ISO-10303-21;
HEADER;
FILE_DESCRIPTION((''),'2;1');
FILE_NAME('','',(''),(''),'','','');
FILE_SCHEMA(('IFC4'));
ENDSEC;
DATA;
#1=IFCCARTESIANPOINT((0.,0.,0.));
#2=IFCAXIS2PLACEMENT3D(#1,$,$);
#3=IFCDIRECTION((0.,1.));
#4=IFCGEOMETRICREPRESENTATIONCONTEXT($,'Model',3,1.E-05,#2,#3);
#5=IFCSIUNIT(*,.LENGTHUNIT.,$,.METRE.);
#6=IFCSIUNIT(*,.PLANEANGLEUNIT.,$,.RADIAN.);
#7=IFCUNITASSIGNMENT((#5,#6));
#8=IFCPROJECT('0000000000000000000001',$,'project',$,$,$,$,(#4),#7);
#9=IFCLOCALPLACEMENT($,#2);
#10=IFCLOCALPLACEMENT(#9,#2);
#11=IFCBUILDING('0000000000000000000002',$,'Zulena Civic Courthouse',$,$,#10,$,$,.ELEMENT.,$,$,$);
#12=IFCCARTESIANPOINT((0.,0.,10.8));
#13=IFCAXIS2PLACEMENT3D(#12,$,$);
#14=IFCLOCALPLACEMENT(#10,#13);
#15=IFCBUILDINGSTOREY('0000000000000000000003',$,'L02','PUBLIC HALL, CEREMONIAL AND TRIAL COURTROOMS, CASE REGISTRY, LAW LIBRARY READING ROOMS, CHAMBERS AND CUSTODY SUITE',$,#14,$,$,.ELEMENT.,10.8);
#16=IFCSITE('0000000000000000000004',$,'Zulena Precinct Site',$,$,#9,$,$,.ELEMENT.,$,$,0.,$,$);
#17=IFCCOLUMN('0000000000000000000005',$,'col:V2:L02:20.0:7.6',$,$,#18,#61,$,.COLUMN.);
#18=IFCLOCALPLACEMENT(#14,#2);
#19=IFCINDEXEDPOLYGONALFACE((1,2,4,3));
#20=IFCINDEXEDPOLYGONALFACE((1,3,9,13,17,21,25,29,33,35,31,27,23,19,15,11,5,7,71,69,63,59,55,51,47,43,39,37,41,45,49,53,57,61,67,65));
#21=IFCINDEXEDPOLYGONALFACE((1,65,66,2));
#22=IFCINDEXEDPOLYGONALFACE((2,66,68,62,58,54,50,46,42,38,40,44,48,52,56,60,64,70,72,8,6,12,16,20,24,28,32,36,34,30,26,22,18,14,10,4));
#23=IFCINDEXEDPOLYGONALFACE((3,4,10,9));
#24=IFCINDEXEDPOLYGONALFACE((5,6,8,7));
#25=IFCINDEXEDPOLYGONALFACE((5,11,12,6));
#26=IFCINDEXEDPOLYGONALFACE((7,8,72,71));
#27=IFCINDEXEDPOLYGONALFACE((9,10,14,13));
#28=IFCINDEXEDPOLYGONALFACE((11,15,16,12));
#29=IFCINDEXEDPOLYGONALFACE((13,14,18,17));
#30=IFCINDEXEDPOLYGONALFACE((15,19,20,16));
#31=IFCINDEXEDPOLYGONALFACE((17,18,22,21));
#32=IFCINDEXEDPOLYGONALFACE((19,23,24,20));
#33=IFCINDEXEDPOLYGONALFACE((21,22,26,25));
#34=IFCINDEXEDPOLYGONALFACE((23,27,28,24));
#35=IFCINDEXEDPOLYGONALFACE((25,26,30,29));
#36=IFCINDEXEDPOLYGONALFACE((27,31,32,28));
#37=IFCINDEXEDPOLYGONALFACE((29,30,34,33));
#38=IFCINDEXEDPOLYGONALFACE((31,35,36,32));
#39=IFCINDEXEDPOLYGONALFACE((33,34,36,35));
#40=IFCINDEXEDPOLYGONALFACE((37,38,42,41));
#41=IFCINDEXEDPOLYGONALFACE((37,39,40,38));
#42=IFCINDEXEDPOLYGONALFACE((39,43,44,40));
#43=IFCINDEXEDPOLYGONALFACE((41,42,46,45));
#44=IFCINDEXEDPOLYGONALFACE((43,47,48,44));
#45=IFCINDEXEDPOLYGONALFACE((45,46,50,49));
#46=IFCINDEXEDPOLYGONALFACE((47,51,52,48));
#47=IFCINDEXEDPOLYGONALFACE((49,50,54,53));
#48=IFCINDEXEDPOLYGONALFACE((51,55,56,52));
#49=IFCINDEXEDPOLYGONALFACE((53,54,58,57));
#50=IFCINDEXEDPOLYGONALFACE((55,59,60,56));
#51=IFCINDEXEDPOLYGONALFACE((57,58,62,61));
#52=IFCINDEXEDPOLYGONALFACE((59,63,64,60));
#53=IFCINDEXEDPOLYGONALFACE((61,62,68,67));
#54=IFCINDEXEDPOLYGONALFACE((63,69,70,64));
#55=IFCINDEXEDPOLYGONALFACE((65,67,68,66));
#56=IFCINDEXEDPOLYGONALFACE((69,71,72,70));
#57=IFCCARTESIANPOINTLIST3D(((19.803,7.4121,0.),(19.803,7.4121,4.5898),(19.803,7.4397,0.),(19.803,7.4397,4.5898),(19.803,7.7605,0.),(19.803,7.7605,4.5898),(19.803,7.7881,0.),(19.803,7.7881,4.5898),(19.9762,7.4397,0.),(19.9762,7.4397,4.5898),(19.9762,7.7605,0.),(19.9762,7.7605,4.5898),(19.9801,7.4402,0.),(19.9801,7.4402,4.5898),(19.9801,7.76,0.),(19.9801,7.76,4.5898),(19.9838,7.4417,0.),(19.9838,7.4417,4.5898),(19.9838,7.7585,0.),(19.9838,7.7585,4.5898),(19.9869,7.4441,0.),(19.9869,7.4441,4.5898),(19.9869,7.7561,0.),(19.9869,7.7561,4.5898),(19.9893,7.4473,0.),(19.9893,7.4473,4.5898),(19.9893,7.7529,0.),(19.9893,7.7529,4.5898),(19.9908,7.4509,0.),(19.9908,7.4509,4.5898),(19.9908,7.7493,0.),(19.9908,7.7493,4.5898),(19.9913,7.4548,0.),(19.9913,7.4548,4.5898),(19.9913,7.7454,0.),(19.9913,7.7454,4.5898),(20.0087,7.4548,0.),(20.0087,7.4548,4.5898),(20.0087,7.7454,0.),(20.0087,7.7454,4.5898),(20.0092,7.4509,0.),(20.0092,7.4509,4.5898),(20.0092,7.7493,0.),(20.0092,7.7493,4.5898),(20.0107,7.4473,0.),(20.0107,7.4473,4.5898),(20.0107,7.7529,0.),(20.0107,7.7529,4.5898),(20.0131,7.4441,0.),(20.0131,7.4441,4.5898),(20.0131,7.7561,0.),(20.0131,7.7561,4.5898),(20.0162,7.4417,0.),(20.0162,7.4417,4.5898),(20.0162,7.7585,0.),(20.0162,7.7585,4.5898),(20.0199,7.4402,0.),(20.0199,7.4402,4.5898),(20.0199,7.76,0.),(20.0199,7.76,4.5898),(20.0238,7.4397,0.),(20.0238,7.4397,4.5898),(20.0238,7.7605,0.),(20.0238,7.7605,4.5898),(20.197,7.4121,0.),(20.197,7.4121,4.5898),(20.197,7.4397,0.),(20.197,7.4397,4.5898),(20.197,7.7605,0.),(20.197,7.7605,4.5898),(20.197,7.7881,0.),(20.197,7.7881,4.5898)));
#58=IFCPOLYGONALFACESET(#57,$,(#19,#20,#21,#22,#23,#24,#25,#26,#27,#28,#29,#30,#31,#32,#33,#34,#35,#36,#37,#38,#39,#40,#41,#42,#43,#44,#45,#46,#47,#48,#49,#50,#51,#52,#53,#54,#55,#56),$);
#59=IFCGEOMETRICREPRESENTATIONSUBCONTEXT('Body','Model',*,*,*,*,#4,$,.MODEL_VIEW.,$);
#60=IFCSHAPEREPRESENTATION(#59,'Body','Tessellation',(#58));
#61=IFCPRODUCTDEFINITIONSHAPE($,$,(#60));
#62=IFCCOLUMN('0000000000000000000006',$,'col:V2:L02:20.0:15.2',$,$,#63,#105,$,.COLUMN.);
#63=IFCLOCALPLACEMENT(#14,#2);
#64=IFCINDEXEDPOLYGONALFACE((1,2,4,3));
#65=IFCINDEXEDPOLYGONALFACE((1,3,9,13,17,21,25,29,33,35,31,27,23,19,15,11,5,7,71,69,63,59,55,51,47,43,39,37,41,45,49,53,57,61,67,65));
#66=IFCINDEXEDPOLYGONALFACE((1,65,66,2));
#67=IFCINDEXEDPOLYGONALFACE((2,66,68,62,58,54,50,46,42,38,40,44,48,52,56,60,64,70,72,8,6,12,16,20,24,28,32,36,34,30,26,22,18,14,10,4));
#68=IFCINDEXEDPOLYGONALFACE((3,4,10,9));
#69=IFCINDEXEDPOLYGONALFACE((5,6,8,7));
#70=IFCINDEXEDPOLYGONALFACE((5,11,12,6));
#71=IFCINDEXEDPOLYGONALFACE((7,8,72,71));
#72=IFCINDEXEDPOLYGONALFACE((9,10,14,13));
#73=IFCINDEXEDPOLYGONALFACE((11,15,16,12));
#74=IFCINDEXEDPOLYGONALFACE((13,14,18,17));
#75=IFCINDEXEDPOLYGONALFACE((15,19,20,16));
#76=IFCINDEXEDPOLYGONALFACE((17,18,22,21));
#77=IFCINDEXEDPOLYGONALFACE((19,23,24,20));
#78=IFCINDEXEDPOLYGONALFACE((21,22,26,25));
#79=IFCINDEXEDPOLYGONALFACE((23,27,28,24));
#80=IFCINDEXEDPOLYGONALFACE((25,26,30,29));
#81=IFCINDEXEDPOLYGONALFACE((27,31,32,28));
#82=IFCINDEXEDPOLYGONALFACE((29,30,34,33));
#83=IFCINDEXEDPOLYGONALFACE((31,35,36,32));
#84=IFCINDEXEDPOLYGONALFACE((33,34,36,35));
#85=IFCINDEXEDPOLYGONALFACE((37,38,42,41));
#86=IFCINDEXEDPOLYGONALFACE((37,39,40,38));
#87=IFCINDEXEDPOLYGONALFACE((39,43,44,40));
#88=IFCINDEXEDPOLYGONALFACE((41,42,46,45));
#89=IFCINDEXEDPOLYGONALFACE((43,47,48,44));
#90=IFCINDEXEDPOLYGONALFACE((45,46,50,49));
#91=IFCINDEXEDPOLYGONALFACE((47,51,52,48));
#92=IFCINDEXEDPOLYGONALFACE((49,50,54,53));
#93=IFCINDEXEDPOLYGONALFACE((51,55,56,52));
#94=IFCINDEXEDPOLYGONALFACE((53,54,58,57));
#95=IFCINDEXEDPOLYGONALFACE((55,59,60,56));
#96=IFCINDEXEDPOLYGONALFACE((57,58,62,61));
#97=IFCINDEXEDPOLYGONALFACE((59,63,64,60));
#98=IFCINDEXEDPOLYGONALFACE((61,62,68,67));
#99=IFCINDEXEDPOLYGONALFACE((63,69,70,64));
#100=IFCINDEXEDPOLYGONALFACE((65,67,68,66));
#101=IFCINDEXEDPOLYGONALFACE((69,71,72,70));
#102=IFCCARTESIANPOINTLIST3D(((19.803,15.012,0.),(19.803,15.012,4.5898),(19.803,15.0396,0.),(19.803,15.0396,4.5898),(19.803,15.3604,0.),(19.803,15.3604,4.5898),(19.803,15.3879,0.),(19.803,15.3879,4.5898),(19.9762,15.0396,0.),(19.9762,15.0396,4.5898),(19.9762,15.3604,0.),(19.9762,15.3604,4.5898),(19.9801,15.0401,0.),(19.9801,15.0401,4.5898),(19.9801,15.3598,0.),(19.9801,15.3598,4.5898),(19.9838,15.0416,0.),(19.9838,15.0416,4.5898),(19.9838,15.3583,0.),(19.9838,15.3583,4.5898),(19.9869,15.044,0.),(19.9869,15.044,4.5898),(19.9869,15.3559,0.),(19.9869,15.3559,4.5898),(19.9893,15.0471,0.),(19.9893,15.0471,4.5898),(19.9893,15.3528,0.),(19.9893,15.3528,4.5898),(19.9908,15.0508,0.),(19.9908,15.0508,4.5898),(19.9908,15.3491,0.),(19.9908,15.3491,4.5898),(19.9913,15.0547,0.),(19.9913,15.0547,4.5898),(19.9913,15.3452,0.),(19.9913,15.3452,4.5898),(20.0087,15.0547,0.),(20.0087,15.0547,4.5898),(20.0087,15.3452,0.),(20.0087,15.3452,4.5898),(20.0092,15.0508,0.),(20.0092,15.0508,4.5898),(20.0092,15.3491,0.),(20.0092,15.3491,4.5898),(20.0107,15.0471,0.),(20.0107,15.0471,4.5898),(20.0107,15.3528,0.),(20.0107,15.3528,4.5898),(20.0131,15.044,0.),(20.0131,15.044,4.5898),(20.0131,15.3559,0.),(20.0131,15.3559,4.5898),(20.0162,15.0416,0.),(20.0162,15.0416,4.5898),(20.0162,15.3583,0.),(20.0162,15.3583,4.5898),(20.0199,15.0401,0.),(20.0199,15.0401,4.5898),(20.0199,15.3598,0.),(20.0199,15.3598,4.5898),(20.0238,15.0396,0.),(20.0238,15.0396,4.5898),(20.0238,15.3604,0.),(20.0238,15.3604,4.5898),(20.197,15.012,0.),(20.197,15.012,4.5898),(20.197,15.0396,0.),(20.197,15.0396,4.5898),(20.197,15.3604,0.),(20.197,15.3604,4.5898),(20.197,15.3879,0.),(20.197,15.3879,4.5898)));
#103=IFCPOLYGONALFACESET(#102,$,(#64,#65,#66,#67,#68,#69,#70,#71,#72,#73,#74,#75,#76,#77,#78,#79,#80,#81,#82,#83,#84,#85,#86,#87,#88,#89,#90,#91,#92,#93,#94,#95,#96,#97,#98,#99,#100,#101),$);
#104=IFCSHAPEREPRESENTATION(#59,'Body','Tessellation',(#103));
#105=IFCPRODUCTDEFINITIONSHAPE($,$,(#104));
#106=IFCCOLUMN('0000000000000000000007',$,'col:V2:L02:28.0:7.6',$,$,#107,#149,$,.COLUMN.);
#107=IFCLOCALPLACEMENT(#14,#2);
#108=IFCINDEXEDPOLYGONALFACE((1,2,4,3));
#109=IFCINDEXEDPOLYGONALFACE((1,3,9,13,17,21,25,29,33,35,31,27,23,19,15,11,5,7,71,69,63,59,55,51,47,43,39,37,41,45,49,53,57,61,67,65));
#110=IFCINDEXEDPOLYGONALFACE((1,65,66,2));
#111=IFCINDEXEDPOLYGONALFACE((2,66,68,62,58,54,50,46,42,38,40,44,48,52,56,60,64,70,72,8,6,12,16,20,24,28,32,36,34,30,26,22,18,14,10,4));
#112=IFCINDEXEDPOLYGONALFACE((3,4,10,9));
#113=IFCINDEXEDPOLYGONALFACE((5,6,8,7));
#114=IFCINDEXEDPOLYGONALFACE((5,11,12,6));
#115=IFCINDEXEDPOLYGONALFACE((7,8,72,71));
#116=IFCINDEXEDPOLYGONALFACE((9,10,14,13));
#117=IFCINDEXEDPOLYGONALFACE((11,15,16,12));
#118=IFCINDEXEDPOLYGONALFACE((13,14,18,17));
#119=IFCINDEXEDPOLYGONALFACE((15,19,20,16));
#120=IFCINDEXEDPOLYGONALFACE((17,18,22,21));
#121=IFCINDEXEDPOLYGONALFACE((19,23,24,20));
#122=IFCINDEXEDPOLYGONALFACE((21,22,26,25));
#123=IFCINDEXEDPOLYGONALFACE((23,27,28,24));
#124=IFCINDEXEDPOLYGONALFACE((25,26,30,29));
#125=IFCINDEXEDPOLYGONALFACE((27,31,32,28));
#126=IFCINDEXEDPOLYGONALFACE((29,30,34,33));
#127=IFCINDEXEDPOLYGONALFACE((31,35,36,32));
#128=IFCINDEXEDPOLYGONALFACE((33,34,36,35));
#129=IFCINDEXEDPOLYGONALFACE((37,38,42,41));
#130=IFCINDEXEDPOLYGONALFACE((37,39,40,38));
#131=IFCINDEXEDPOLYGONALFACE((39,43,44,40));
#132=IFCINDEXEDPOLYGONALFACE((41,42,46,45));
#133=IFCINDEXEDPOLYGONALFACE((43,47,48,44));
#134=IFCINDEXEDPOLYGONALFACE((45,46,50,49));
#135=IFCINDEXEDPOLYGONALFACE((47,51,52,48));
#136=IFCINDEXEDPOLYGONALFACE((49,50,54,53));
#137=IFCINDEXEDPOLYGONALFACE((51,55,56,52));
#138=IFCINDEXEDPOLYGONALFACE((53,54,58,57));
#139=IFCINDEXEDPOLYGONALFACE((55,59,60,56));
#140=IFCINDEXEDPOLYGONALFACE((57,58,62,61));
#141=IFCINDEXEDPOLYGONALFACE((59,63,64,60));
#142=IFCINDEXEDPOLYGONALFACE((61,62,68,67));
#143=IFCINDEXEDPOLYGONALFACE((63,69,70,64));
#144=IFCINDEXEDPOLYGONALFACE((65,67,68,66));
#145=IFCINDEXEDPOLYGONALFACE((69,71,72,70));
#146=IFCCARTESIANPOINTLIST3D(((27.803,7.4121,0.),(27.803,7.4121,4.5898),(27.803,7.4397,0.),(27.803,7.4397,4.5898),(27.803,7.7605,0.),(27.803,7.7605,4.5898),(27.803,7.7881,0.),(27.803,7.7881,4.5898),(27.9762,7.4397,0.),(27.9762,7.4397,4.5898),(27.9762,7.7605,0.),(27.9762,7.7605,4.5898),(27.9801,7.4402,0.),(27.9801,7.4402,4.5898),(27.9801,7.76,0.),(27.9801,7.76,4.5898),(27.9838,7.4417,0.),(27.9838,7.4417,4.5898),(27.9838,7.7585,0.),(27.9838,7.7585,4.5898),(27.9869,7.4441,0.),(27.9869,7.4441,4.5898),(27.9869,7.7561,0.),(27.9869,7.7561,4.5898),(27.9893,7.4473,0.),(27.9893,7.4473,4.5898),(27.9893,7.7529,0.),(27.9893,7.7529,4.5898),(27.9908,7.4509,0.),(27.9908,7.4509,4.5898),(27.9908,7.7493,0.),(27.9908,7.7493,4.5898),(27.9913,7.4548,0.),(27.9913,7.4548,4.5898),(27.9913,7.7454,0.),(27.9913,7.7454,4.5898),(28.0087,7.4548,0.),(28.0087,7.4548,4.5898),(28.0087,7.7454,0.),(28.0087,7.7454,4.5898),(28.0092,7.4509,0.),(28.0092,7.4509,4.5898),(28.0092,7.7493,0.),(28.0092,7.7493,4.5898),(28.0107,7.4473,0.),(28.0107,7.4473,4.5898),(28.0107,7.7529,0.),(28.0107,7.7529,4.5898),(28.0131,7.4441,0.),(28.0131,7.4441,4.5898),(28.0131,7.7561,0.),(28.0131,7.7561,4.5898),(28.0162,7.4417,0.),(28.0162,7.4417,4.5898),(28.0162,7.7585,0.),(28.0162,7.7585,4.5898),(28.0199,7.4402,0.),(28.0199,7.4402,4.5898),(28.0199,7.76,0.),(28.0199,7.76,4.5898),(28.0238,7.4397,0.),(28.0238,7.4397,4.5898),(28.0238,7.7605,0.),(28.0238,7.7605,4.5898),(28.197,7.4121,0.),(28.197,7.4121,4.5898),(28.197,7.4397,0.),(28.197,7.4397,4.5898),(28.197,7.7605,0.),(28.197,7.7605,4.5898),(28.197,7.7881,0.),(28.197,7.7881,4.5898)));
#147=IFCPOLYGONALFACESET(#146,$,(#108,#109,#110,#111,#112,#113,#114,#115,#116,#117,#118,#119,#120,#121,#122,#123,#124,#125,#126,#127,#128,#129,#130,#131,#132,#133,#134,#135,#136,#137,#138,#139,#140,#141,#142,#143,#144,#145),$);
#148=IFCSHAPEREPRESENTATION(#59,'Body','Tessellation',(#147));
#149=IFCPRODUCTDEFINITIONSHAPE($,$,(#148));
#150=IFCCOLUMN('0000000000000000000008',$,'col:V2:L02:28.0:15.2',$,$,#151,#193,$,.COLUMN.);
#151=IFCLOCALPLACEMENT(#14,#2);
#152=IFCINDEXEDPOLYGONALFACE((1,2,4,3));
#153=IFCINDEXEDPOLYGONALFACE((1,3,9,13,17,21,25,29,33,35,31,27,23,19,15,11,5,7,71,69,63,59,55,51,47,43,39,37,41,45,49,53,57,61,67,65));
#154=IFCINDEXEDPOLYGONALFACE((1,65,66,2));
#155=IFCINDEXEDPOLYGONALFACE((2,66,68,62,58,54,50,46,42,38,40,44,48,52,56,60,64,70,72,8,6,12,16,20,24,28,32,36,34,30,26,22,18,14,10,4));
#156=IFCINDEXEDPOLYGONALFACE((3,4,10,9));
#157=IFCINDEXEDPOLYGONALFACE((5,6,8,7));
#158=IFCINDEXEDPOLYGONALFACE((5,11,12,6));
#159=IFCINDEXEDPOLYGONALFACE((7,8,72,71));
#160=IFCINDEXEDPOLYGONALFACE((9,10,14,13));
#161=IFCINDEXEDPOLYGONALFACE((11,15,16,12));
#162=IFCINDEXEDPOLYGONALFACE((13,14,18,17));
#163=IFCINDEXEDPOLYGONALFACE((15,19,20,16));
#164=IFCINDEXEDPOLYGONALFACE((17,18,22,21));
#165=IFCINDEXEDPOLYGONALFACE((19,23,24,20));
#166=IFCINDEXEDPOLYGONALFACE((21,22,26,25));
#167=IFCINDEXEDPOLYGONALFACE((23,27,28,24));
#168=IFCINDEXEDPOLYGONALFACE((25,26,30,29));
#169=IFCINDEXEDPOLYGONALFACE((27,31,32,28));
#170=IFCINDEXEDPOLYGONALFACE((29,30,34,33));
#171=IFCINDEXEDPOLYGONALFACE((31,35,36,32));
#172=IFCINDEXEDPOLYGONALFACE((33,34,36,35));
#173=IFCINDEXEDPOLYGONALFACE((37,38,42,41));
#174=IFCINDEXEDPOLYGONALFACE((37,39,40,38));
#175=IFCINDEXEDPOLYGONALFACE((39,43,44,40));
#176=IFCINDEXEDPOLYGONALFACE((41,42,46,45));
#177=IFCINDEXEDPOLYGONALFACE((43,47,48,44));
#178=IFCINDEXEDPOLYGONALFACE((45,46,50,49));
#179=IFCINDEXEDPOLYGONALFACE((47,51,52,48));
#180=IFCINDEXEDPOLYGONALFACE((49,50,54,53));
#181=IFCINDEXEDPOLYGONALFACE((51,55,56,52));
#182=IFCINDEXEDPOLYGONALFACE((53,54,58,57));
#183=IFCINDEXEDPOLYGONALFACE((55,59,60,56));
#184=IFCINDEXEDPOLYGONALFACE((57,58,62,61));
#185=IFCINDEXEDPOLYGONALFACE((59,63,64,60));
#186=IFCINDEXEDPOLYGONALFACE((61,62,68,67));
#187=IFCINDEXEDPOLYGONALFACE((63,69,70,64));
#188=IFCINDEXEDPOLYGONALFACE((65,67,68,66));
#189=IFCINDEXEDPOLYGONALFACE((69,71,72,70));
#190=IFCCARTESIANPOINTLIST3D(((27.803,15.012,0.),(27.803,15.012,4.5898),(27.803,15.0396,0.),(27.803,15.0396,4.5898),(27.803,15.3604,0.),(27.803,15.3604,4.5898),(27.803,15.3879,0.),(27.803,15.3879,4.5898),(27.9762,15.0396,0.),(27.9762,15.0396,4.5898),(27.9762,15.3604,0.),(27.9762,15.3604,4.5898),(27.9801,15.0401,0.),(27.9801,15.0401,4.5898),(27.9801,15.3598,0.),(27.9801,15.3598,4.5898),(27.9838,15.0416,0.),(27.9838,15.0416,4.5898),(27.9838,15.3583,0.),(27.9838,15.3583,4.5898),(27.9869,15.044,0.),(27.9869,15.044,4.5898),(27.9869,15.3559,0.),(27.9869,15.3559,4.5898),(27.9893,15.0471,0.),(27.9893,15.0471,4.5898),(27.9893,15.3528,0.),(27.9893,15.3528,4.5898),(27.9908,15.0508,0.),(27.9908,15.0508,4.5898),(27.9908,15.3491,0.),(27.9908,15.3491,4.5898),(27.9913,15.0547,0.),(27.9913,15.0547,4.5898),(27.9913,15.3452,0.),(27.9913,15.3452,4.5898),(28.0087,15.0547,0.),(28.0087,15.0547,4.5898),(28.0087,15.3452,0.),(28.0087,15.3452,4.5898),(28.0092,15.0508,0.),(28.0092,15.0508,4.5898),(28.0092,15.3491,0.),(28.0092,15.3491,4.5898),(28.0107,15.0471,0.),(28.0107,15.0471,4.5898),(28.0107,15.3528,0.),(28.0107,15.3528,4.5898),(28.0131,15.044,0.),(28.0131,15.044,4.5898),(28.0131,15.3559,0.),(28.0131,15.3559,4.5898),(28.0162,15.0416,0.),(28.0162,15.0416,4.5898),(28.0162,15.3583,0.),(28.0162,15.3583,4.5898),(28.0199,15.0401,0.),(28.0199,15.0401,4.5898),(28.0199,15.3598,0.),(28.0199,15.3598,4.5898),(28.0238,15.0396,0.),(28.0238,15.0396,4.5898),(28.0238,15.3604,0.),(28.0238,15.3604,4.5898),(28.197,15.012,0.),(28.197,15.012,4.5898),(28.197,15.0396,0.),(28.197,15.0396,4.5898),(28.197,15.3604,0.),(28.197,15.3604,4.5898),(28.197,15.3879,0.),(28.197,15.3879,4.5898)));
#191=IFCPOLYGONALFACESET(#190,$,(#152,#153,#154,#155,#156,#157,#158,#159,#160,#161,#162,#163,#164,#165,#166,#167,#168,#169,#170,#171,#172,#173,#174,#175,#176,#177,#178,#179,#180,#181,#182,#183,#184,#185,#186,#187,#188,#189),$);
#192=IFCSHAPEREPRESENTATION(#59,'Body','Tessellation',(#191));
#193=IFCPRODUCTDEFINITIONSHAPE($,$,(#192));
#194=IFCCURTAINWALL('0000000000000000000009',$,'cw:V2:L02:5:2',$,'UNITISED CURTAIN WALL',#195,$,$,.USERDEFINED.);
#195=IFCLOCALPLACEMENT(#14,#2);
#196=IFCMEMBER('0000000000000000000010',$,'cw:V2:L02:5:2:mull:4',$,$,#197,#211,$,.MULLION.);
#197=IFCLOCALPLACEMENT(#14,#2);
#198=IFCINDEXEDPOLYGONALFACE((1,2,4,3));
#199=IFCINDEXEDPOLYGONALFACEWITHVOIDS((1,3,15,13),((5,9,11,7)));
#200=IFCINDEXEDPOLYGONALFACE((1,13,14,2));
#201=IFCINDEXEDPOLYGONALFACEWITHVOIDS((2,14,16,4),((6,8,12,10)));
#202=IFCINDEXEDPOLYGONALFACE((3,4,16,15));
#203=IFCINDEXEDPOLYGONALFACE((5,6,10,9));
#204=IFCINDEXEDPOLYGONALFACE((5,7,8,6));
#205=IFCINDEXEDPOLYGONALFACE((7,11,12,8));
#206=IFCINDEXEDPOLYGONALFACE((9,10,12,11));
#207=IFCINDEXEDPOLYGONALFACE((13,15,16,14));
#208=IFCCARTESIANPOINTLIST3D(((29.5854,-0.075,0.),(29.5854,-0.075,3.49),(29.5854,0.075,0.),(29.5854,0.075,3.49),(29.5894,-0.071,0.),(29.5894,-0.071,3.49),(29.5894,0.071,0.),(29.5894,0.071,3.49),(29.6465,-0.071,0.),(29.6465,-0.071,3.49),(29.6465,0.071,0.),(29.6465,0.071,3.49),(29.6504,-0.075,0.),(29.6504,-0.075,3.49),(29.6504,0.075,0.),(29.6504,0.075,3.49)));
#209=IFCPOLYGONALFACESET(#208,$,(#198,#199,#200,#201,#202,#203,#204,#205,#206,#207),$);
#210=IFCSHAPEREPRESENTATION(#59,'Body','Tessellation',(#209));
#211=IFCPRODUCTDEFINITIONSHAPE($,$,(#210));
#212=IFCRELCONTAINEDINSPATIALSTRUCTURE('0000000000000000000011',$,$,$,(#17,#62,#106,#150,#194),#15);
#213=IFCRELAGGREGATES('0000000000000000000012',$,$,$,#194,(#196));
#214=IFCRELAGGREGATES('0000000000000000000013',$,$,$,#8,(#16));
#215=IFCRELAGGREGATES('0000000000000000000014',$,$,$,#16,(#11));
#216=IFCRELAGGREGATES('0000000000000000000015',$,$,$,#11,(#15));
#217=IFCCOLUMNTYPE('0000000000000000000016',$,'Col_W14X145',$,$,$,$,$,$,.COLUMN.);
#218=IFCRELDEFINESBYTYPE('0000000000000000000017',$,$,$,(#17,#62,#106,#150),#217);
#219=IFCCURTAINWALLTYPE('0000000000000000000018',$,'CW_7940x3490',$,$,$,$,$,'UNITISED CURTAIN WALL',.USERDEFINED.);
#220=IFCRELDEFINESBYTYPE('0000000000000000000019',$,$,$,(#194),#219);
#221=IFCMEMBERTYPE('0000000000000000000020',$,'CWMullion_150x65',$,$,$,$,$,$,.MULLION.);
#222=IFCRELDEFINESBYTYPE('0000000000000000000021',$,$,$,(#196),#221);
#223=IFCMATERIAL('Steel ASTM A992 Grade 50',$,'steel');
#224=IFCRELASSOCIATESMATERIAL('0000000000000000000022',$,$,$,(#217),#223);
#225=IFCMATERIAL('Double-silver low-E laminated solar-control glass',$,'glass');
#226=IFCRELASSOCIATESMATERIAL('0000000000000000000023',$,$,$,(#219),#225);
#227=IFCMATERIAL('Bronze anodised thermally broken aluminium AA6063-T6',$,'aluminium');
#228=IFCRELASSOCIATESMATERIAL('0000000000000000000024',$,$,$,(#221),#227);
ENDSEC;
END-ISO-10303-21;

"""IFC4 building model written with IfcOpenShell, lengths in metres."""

from ifc_helpers import new_model, si_unit, direction, frame, origin, origin_2d, place, context, subcontext, project, spatial, hollow_rectangle, i_section, extrude, material, material_profile, profile_set, type_object, element, aggregate, save


model = new_model("IFC4")

# Units and contexts
model_context = context("Model", 3, precision=1e-05, world=origin(), true_north=direction((0.0, 1.0)))
body_context = subcontext(model_context, "Body", "Model", "MODEL_VIEW")
ifc_project = project(units=[si_unit("LENGTHUNIT", "METRE"), si_unit("PLANEANGLEUNIT", "RADIAN")], contexts=[model_context])

# Site, building, storey
site_placement = place(None, origin())
site = spatial("IfcSite", under=ifc_project, at=site_placement, Name="Zulena Precinct Site", CompositionType="ELEMENT", RefElevation=0.0)
building_placement = place(site_placement, origin())
building = spatial("IfcBuilding", under=site, at=building_placement, Name="Zulena Civic Courthouse", CompositionType="ELEMENT")
storey_placement = place(building_placement, frame((0.0, 0.0, 10.8)))
storey = spatial("IfcBuildingStorey", under=building, at=storey_placement, Name="L02", Description="PUBLIC HALL, CEREMONIAL AND TRIAL COURTROOMS, CASE REGISTRY, LAW LIBRARY READING ROOMS, CHAMBERS AND CUSTODY SUITE", CompositionType="ELEMENT", Elevation=10.8)

# Columns
ifc_material_1 = material(Name="Steel ASTM A992 Grade 50", Category="steel")
ifc_material_profile_1 = material_profile(ifc_material_1, i_section(OverallWidth=0.394, OverallDepth=0.376, WebThickness=0.0173, FlangeThickness=0.0276, FilletRadius=0.0151, at=origin_2d()), Name="W14X145")
ifc_profile_set_1 = profile_set([ifc_material_profile_1], Name="Steel ASTM A992 Grade 50")
column_type = type_object("IfcColumnType", Name="Col_W14X145", PredefinedType="COLUMN", material=ifc_profile_set_1)
for number, where, z_axis, x_axis, name in (
    (1, (20.0, 7.6001, 0.0), (0.0, 0.0, 1.0), (1.0, 0.0, 0.0), "col:V2:L02:20.0:7.6"),
    (2, (20.0, 15.2, 0.0), (0.0, 0.0, 1.0), (1.0, 0.0, 0.0), "col:V2:L02:20.0:15.2"),
    (3, (28.0, 7.6001, 0.0), (0.0, 0.0, 1.0), (1.0, 0.0, 0.0), "col:V2:L02:28.0:7.6"),
    (4, (28.0, 15.2, 0.0), (0.0, 0.0, 1.0), (1.0, 0.0, 0.0), "col:V2:L02:28.0:15.2"),
):
    element("IfcColumn", number, at=place(storey_placement, frame(where, z_axis=z_axis, x_axis=x_axis)), inside=storey, type_object=column_type, Name=name, PredefinedType="COLUMN", context=body_context, shape_type="SweptSolid", body=[
        extrude(i_section(OverallWidth=0.394, OverallDepth=0.376, WebThickness=0.0173, FlangeThickness=0.0276, FilletRadius=0.0151, at=origin_2d()), origin(), (0.0, 0.0, 1.0), 4.5898),
    ])

# Curtain wall, member
ifc_material_2 = material(Name="Double-silver low-E laminated solar-control glass", Category="glass")
curtain_wall_type = type_object("IfcCurtainWallType", Name="CW_7940x3490", ElementType="UNITISED CURTAIN WALL", PredefinedType="USERDEFINED", material=ifc_material_2)
curtain_wall_placement = place(storey_placement, origin())
curtain_wall = element("IfcCurtainWall", 5, at=curtain_wall_placement, inside=storey, type_object=curtain_wall_type, Name="cw:V2:L02:5:2", ObjectType="UNITISED CURTAIN WALL", PredefinedType="USERDEFINED")
ifc_material_3 = material(Name="Bronze anodised thermally broken aluminium AA6063-T6", Category="aluminium")
ifc_material_profile_2 = material_profile(ifc_material_3, hollow_rectangle(XDim=0.0649, YDim=0.1499, WallThickness=0.0039, at=origin_2d()), Name="CWM150X65X4")
ifc_profile_set_2 = profile_set([ifc_material_profile_2], Name="Bronze anodised thermally broken aluminium AA6063-T6")
member_type = type_object("IfcMemberType", Name="CWMullion_150x65", PredefinedType="MULLION", material=ifc_profile_set_2)
member_1_placement = place(storey_placement, frame((29.6179, 0.0, 0.0), z_axis=(0.0, 0.0, 1.0), x_axis=(1.0, 0.0, 0.0)))
member_1 = element("IfcMember", 6, at=member_1_placement, type_object=member_type, Name="cw:V2:L02:5:2:mull:4", PredefinedType="MULLION", context=body_context, shape_type="SweptSolid", body=[
    extrude(hollow_rectangle(XDim=0.0649, YDim=0.1499, WallThickness=0.0039, at=origin_2d()), origin(), (0.0, 0.0, 1.0), 3.49),
])

aggregate(curtain_wall, [member_1])

save(model, "model.ifc")
